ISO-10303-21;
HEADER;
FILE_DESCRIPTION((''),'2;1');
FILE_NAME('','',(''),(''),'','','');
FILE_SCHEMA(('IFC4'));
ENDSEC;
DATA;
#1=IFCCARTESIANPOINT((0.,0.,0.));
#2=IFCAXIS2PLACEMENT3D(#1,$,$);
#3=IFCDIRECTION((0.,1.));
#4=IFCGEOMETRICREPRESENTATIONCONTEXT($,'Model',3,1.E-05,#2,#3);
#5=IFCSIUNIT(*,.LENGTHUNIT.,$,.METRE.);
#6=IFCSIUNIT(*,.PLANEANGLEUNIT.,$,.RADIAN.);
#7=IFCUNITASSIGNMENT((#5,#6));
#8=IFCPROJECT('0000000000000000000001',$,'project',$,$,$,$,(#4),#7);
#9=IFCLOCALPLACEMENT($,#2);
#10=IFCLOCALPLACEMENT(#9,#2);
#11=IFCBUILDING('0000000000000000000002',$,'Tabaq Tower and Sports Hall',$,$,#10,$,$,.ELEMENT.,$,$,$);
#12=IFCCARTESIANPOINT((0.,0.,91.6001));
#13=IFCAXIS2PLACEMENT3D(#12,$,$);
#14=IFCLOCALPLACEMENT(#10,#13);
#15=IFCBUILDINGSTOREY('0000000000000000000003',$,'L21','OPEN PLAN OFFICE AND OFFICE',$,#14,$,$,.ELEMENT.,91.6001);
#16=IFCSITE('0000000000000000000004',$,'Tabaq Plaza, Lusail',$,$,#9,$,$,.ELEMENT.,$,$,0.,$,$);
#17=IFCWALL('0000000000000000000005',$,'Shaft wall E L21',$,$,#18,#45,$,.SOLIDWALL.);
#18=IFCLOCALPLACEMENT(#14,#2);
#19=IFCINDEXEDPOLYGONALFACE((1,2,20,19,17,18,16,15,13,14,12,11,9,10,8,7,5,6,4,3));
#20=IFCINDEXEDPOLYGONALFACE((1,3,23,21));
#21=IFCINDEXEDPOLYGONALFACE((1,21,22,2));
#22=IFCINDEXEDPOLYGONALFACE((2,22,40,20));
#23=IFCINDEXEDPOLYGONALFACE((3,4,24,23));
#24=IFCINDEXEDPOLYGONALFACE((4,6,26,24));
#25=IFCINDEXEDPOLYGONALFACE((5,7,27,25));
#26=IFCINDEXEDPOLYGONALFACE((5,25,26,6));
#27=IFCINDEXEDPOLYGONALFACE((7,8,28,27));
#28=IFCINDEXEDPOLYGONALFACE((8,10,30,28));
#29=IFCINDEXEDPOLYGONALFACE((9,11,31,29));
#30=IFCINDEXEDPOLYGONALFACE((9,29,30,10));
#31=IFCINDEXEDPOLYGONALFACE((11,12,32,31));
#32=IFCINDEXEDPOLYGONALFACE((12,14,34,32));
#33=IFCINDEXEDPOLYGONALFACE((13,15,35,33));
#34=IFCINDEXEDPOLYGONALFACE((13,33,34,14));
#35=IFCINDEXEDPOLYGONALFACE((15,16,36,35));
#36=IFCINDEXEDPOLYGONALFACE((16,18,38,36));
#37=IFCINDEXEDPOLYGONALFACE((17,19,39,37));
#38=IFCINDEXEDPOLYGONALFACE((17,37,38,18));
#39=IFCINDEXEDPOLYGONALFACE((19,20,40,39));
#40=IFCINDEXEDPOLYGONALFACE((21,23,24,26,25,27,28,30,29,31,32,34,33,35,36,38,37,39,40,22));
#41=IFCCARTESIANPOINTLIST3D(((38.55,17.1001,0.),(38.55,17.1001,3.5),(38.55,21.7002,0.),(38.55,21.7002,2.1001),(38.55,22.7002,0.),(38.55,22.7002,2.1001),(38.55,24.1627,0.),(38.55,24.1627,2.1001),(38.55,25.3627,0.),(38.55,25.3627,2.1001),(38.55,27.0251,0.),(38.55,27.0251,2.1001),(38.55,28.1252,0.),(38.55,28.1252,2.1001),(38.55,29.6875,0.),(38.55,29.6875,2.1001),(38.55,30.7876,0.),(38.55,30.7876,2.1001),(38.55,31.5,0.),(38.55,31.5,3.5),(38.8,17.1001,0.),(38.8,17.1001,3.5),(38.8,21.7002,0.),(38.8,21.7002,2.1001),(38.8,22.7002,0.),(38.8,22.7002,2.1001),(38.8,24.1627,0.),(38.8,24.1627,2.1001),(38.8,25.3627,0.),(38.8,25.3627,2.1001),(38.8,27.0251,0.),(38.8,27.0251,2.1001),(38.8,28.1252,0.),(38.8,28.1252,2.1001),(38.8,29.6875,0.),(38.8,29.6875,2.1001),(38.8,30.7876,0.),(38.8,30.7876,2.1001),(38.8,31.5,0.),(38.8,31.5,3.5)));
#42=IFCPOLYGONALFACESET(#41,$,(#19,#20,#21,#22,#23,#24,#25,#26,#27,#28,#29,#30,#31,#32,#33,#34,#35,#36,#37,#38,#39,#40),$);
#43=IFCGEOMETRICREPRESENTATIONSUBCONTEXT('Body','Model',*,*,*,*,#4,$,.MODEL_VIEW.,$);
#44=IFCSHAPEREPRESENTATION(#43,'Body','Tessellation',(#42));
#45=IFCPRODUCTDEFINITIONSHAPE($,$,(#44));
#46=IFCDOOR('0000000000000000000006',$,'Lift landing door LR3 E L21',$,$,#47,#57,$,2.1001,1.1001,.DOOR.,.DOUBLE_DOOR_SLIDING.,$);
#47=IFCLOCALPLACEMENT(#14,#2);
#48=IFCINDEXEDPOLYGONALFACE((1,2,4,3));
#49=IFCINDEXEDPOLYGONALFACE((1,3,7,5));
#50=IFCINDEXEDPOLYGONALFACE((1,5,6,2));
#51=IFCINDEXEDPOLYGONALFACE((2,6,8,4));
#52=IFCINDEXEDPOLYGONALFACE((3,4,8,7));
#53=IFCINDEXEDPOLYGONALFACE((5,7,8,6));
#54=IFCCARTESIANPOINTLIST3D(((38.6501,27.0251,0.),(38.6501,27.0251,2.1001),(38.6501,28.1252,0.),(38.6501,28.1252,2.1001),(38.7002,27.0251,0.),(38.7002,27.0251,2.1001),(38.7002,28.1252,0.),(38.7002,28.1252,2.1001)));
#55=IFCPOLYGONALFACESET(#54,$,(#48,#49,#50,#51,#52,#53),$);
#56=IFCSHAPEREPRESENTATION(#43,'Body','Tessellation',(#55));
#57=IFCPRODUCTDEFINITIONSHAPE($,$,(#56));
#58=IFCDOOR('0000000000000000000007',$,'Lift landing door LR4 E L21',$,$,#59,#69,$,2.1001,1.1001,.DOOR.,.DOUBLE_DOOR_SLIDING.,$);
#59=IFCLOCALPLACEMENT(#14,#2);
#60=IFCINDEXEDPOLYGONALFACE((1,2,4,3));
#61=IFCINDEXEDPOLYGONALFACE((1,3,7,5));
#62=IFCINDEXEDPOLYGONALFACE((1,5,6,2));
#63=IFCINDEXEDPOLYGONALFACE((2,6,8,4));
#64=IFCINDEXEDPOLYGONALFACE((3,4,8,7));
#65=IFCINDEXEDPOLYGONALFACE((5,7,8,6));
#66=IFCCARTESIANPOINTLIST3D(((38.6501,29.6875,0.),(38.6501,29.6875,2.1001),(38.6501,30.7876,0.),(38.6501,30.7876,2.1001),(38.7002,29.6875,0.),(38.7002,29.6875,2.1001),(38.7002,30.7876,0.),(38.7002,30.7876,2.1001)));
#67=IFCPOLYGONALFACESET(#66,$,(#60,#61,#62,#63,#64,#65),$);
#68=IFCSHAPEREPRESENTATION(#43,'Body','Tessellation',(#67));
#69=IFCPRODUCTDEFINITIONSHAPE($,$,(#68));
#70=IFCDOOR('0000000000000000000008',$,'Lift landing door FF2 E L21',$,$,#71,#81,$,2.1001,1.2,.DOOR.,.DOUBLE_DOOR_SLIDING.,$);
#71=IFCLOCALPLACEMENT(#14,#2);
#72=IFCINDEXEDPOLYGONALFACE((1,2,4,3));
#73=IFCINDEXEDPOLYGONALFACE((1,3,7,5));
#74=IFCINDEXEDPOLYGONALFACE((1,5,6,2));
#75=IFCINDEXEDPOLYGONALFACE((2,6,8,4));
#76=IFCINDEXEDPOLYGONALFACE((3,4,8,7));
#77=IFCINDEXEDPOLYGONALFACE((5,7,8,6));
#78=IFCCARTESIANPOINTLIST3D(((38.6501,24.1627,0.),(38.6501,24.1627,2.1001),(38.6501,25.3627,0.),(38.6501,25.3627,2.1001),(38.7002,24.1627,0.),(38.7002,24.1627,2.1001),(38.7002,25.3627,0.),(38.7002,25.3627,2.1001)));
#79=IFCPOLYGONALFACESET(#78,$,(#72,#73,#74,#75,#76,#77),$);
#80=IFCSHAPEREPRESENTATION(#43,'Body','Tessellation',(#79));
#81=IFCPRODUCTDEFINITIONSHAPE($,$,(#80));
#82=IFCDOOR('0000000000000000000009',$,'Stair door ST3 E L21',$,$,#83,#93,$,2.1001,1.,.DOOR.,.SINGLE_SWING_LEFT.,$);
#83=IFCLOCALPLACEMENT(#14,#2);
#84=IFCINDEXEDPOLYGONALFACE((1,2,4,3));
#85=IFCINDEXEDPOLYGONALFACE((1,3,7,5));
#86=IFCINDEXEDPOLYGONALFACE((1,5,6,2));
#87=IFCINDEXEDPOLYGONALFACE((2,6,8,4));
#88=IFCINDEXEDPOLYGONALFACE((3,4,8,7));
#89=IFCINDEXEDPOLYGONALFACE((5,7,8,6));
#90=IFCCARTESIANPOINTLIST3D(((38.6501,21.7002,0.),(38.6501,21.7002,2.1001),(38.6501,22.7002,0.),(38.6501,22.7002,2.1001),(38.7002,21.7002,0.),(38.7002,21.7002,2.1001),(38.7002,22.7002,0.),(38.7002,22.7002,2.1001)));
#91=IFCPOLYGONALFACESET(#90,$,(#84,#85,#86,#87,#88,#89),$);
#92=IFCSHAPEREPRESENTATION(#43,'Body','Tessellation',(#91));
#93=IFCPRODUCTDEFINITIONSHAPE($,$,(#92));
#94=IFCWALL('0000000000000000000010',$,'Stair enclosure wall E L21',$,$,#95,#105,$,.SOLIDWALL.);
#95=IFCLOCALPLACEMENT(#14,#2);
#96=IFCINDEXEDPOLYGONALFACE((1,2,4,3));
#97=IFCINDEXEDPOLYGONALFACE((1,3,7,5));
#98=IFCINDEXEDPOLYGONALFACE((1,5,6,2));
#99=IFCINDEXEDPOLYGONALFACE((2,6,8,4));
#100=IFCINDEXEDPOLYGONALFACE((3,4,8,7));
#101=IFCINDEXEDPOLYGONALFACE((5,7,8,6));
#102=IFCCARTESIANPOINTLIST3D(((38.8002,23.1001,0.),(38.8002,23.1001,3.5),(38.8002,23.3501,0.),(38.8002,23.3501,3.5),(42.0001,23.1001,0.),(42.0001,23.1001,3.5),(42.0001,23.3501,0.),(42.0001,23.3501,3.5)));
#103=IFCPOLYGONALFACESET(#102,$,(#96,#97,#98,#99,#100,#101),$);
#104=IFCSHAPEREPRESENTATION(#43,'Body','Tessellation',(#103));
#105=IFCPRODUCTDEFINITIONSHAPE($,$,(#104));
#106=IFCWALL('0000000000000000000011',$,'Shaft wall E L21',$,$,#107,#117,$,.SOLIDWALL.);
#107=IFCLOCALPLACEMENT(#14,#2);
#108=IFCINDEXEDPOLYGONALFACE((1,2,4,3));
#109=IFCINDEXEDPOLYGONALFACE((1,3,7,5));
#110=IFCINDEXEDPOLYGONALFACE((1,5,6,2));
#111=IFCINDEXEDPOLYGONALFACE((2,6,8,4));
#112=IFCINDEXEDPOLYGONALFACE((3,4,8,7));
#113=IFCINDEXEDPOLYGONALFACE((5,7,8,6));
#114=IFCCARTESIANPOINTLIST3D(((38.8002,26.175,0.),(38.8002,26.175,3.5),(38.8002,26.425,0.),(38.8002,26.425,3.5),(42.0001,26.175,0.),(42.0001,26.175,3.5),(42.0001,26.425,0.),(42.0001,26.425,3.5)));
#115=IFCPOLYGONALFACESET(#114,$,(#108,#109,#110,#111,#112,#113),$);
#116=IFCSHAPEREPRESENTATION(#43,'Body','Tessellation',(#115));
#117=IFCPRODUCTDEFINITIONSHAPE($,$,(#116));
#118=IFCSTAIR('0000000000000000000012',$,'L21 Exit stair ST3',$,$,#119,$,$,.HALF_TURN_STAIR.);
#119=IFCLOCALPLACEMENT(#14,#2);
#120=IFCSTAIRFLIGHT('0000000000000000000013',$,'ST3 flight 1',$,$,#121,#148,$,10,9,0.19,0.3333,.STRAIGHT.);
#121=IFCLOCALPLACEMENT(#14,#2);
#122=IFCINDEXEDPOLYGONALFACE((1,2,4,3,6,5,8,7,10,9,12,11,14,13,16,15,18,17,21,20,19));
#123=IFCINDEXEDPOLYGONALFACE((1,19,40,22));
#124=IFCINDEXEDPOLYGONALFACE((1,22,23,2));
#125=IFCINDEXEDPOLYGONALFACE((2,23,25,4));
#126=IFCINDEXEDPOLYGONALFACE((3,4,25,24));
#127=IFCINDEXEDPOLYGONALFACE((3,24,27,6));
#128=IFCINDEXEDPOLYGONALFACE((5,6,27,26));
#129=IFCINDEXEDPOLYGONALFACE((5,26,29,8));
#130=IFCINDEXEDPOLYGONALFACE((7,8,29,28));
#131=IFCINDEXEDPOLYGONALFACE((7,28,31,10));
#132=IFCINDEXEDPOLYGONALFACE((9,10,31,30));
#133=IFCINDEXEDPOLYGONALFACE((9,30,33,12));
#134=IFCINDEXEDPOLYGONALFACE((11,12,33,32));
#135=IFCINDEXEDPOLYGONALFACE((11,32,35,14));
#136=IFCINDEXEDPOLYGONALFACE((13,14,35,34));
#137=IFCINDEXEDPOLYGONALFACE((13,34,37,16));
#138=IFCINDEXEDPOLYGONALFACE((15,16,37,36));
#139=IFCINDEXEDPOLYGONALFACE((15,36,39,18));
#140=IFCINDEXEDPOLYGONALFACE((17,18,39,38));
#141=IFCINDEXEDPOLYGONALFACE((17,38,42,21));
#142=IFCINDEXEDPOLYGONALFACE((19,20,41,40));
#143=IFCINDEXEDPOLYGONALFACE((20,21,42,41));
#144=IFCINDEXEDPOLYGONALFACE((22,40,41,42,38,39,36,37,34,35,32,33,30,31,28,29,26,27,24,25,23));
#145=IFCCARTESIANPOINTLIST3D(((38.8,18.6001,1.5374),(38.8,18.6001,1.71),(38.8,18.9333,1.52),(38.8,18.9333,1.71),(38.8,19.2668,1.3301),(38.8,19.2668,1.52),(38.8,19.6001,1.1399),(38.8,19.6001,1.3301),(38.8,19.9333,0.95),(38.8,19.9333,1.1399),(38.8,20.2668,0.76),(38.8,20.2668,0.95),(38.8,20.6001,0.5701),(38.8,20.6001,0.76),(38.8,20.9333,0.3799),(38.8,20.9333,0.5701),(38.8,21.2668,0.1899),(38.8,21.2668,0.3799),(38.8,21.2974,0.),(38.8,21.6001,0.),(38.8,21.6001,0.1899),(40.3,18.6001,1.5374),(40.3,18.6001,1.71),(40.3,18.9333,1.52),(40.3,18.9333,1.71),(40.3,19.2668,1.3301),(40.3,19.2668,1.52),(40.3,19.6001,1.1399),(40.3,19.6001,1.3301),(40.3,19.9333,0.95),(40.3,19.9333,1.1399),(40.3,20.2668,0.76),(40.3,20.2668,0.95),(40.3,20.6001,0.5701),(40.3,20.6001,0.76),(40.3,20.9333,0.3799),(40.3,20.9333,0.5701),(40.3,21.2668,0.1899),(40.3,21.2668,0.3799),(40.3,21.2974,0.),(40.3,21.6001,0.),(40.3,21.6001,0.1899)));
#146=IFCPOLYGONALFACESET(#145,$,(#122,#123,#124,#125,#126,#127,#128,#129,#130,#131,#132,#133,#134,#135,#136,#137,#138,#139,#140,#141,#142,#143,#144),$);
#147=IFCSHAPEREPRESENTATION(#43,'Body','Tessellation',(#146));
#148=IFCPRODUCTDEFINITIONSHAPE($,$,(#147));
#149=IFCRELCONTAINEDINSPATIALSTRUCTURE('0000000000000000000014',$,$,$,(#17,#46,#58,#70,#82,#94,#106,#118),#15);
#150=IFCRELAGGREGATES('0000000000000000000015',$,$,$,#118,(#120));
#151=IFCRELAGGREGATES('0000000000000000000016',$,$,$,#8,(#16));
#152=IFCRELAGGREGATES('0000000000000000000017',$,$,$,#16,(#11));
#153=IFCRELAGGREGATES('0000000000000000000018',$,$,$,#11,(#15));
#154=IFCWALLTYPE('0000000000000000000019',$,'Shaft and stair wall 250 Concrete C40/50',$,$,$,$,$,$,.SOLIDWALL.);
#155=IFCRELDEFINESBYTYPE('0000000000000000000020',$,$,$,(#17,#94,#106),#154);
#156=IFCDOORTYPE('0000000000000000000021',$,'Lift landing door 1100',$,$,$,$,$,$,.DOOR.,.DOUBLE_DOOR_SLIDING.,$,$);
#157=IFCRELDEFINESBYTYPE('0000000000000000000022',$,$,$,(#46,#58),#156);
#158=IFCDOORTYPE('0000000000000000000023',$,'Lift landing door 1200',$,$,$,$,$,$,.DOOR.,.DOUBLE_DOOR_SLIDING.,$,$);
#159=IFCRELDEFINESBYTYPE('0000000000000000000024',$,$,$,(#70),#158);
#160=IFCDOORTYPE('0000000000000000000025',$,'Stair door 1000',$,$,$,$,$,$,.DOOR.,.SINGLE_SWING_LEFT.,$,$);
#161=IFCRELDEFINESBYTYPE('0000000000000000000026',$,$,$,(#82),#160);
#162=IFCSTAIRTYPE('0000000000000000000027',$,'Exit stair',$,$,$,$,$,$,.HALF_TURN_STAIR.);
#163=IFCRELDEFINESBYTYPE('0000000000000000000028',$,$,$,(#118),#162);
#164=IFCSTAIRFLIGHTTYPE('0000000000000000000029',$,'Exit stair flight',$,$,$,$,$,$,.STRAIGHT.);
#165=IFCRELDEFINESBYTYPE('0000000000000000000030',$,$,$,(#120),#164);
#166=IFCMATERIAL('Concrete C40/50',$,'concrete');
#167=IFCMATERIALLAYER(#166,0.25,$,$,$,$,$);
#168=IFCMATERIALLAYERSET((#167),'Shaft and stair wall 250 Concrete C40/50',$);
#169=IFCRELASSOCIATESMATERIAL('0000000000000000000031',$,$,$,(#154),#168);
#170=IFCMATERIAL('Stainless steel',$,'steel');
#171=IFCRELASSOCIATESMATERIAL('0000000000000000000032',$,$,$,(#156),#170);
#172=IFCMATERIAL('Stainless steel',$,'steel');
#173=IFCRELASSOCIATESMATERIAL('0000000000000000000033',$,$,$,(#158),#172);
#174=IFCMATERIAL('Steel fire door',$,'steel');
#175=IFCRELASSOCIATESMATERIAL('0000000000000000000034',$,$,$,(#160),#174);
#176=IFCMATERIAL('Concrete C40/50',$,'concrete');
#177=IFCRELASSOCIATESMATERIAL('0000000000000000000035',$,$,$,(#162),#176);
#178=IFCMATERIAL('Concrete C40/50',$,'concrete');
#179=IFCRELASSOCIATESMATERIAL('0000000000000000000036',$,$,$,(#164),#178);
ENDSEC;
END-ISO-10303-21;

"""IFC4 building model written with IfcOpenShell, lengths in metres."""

from ifc_helpers import new_model, si_unit, direction, frame, frame_2d, origin, place, context, subcontext, project, spatial, polyline, rectangle, outline, extrude, material, layer, layer_set, type_object, element, fill, aggregate, save


model = new_model("IFC4")

# Units and contexts
model_context = context("Model", 3, precision=1e-05, world=origin(), true_north=direction((0.0, 1.0)))
body_context = subcontext(model_context, "Body", "Model", "MODEL_VIEW")
ifc_project = project(units=[si_unit("LENGTHUNIT", "METRE"), si_unit("PLANEANGLEUNIT", "RADIAN")], contexts=[model_context])

# Site, building, storey
site_placement = place(None, origin())
site = spatial("IfcSite", under=ifc_project, at=site_placement, Name="Tabaq Plaza, Lusail", CompositionType="ELEMENT", RefElevation=0.0)
building_placement = place(site_placement, origin())
building = spatial("IfcBuilding", under=site, at=building_placement, Name="Tabaq Tower and Sports Hall", CompositionType="ELEMENT")
storey_placement = place(building_placement, frame((0.0, 0.0, 91.6001)))
storey = spatial("IfcBuildingStorey", under=building, at=storey_placement, Name="L21", Description="OPEN PLAN OFFICE AND OFFICE", CompositionType="ELEMENT", Elevation=91.6001)

# Wall, openings, doors
ifc_material_1 = material(Name="Concrete C40/50", Category="concrete")
ifc_layer_1 = layer(ifc_material_1, 0.25)
ifc_layer_set_1 = layer_set([ifc_layer_1], Name="Shaft and stair wall 250 Concrete C40/50")
wall_type_1 = type_object("IfcWallType", Name="Shaft and stair wall 250 Concrete C40/50", PredefinedType="SOLIDWALL", material=ifc_layer_set_1)
wall_1_placement = place(storey_placement, frame((38.675, 17.1001, 0.0), z_axis=(0.0, 0.0, 1.0), x_axis=(0.0, 1.0, 0.0)))
wall_1 = element("IfcWall", 1, at=wall_1_placement, inside=storey, type_object=wall_type_1, Name="Shaft wall E L21", PredefinedType="SOLIDWALL", context=body_context, shape_type="SweptSolid", body=[
    extrude(rectangle(XDim=14.3999, YDim=0.25, at=frame_2d((7.2, 0.0))), origin(), (0.0, 0.0, 1.0), 3.5),
])
opening_1_placement = place(wall_1_placement, frame((4.6001, 0.0, 0.0)))
opening_1 = element("IfcOpeningElement", 2, at=opening_1_placement, cuts=wall_1, PredefinedType="OPENING", context=body_context, shape_type="SweptSolid", body=[
    extrude(rectangle(XDim=1.0, YDim=2.1001, at=frame_2d((0.5, 1.05))), frame((0.0, 0.125, 0.0), z_axis=(0.0, -1.0, 0.0), x_axis=(1.0, 0.0, 0.0)), (0.0, 0.0, 1.0), 0.25),
])
opening_2_placement = place(wall_1_placement, frame((7.0625, 0.0, 0.0)))
opening_2 = element("IfcOpeningElement", 3, at=opening_2_placement, cuts=wall_1, PredefinedType="OPENING", context=body_context, shape_type="SweptSolid", body=[
    extrude(rectangle(XDim=1.2, YDim=2.1001, at=frame_2d((0.6001, 1.05))), frame((0.0, 0.125, 0.0), z_axis=(0.0, -1.0, 0.0), x_axis=(1.0, 0.0, 0.0)), (0.0, 0.0, 1.0), 0.25),
])
opening_3_placement = place(wall_1_placement, frame((9.925, 0.0, 0.0)))
opening_3 = element("IfcOpeningElement", 4, at=opening_3_placement, cuts=wall_1, PredefinedType="OPENING", context=body_context, shape_type="SweptSolid", body=[
    extrude(rectangle(XDim=1.1001, YDim=2.1001, at=frame_2d((0.55, 1.05))), frame((0.0, 0.125, 0.0), z_axis=(0.0, -1.0, 0.0), x_axis=(1.0, 0.0, 0.0)), (0.0, 0.0, 1.0), 0.25),
])
opening_4_placement = place(wall_1_placement, frame((12.5874, 0.0, 0.0)))
opening_4 = element("IfcOpeningElement", 5, at=opening_4_placement, cuts=wall_1, PredefinedType="OPENING", context=body_context, shape_type="SweptSolid", body=[
    extrude(rectangle(XDim=1.1001, YDim=2.1001, at=frame_2d((0.55, 1.05))), frame((0.0, 0.125, 0.0), z_axis=(0.0, -1.0, 0.0), x_axis=(1.0, 0.0, 0.0)), (0.0, 0.0, 1.0), 0.25),
])
ifc_material_2 = material(Name="Stainless steel", Category="steel")
door_type_1 = type_object("IfcDoorType", Name="Lift landing door 1100", OperationType="DOUBLE_DOOR_SLIDING", PredefinedType="DOOR", material=ifc_material_2)
door_1_placement = place(opening_3_placement, origin())
door_1 = element("IfcDoor", 6, at=door_1_placement, inside=storey, type_object=door_type_1, Name="Lift landing door LR3 E L21", OperationType="DOUBLE_DOOR_SLIDING", OverallHeight=2.1001, OverallWidth=1.1001, PredefinedType="DOOR", context=body_context, shape_type="SweptSolid", body=[
    extrude(rectangle(XDim=1.1001, YDim=2.1001, at=frame_2d((0.55, 1.05))), frame((0.0, 0.0249, 0.0), z_axis=(0.0, -1.0, 0.0), x_axis=(1.0, 0.0, 0.0)), (0.0, 0.0, 1.0), 0.05),
])
fill(opening_3, door_1)
door_2_placement = place(opening_4_placement, origin())
door_2 = element("IfcDoor", 7, at=door_2_placement, inside=storey, type_object=door_type_1, Name="Lift landing door LR4 E L21", OperationType="DOUBLE_DOOR_SLIDING", OverallHeight=2.1001, OverallWidth=1.1001, PredefinedType="DOOR", context=body_context, shape_type="SweptSolid", body=[
    extrude(rectangle(XDim=1.1001, YDim=2.1001, at=frame_2d((0.55, 1.05))), frame((0.0, 0.0249, 0.0), z_axis=(0.0, -1.0, 0.0), x_axis=(1.0, 0.0, 0.0)), (0.0, 0.0, 1.0), 0.05),
])
fill(opening_4, door_2)
ifc_material_3 = material(Name="Stainless steel", Category="steel")
door_type_2 = type_object("IfcDoorType", Name="Lift landing door 1200", OperationType="DOUBLE_DOOR_SLIDING", PredefinedType="DOOR", material=ifc_material_3)
door_3_placement = place(opening_2_placement, origin())
door_3 = element("IfcDoor", 8, at=door_3_placement, inside=storey, type_object=door_type_2, Name="Lift landing door FF2 E L21", OperationType="DOUBLE_DOOR_SLIDING", OverallHeight=2.1001, OverallWidth=1.2, PredefinedType="DOOR", context=body_context, shape_type="SweptSolid", body=[
    extrude(rectangle(XDim=1.2, YDim=2.1001, at=frame_2d((0.6001, 1.05))), frame((0.0, 0.0249, 0.0), z_axis=(0.0, -1.0, 0.0), x_axis=(1.0, 0.0, 0.0)), (0.0, 0.0, 1.0), 0.05),
])
fill(opening_2, door_3)
ifc_material_4 = material(Name="Steel fire door", Category="steel")
door_type_3 = type_object("IfcDoorType", Name="Stair door 1000", OperationType="SINGLE_SWING_LEFT", PredefinedType="DOOR", material=ifc_material_4)
door_4_placement = place(opening_1_placement, origin())
door_4 = element("IfcDoor", 9, at=door_4_placement, inside=storey, type_object=door_type_3, Name="Stair door ST3 E L21", OperationType="SINGLE_SWING_LEFT", OverallHeight=2.1001, OverallWidth=1.0, PredefinedType="DOOR", context=body_context, shape_type="SweptSolid", body=[
    extrude(rectangle(XDim=1.0, YDim=2.1001, at=frame_2d((0.5, 1.05))), frame((0.0, 0.0249, 0.0), z_axis=(0.0, -1.0, 0.0), x_axis=(1.0, 0.0, 0.0)), (0.0, 0.0, 1.0), 0.05),
])
fill(opening_1, door_4)

# Walls
for number, where, z_axis, x_axis, name in (
    (10, (38.8, 23.2251, 0.0), (0.0, 0.0, 1.0), (1.0, 0.0, 0.0), "Stair enclosure wall E L21"),
    (11, (38.8, 26.3, 0.0), (0.0, 0.0, 1.0), (1.0, 0.0, 0.0), "Shaft wall E L21"),
):
    element("IfcWall", number, at=place(storey_placement, frame(where, z_axis=z_axis, x_axis=x_axis)), inside=storey, type_object=wall_type_1, Name=name, PredefinedType="SOLIDWALL", context=body_context, shape_type="SweptSolid", body=[
        extrude(rectangle(XDim=3.2, YDim=0.25, at=frame_2d((1.6001, 0.0))), origin(), (0.0, 0.0, 1.0), 3.5),
    ])

# Stair, stair flight
ifc_material_5 = material(Name="Concrete C40/50", Category="concrete")
stair_type = type_object("IfcStairType", Name="Exit stair", PredefinedType="HALF_TURN_STAIR", material=ifc_material_5)
stair_placement = place(storey_placement, origin())
stair = element("IfcStair", 12, at=stair_placement, inside=storey, type_object=stair_type, Name="L21 Exit stair ST3", PredefinedType="HALF_TURN_STAIR")
ifc_material_6 = material(Name="Concrete C40/50", Category="concrete")
stair_flight_type = type_object("IfcStairFlightType", Name="Exit stair flight", PredefinedType="STRAIGHT", material=ifc_material_6)
stair_flight_1_placement = place(storey_placement, frame((39.55, 21.6001, 0.0), z_axis=(0.0, 0.0, 1.0), x_axis=(0.0, -1.0, 0.0)))
stair_flight_1 = element("IfcStairFlight", 13, at=stair_flight_1_placement, type_object=stair_flight_type, Name="ST3 flight 1", NumberOfRisers=10, NumberOfTreads=9, PredefinedType="STRAIGHT", RiserHeight=0.19, TreadLength=0.3333, context=body_context, shape_type="SweptSolid", body=[
    extrude(outline(polyline([(0.0, 0.0), (0.0, 0.1899), (0.3333, 0.1899), (0.3333, 0.3799), (0.6667, 0.3799), (0.6667, 0.5701), (1.0, 0.5701), (1.0, 0.76), (1.3333, 0.76), (1.3333, 0.95), (1.6667, 0.95), (1.6667, 1.1399), (2.0, 1.1399), (2.0, 1.3301), (2.3333, 1.3301), (2.3333, 1.52), (2.6667, 1.52), (2.6667, 1.71), (3.0, 1.71), (3.0, 1.8999), (3.0, 1.5374), (0.3027, 0.0), (0.0, 0.0)])), frame((0.0, 0.75, 0.0), z_axis=(0.0, -1.0, 0.0), x_axis=(1.0, 0.0, 0.0)), (0.0, 0.0, 1.0), 1.5),
])
aggregate(stair, [stair_flight_1])

save(model, "model.ifc")
